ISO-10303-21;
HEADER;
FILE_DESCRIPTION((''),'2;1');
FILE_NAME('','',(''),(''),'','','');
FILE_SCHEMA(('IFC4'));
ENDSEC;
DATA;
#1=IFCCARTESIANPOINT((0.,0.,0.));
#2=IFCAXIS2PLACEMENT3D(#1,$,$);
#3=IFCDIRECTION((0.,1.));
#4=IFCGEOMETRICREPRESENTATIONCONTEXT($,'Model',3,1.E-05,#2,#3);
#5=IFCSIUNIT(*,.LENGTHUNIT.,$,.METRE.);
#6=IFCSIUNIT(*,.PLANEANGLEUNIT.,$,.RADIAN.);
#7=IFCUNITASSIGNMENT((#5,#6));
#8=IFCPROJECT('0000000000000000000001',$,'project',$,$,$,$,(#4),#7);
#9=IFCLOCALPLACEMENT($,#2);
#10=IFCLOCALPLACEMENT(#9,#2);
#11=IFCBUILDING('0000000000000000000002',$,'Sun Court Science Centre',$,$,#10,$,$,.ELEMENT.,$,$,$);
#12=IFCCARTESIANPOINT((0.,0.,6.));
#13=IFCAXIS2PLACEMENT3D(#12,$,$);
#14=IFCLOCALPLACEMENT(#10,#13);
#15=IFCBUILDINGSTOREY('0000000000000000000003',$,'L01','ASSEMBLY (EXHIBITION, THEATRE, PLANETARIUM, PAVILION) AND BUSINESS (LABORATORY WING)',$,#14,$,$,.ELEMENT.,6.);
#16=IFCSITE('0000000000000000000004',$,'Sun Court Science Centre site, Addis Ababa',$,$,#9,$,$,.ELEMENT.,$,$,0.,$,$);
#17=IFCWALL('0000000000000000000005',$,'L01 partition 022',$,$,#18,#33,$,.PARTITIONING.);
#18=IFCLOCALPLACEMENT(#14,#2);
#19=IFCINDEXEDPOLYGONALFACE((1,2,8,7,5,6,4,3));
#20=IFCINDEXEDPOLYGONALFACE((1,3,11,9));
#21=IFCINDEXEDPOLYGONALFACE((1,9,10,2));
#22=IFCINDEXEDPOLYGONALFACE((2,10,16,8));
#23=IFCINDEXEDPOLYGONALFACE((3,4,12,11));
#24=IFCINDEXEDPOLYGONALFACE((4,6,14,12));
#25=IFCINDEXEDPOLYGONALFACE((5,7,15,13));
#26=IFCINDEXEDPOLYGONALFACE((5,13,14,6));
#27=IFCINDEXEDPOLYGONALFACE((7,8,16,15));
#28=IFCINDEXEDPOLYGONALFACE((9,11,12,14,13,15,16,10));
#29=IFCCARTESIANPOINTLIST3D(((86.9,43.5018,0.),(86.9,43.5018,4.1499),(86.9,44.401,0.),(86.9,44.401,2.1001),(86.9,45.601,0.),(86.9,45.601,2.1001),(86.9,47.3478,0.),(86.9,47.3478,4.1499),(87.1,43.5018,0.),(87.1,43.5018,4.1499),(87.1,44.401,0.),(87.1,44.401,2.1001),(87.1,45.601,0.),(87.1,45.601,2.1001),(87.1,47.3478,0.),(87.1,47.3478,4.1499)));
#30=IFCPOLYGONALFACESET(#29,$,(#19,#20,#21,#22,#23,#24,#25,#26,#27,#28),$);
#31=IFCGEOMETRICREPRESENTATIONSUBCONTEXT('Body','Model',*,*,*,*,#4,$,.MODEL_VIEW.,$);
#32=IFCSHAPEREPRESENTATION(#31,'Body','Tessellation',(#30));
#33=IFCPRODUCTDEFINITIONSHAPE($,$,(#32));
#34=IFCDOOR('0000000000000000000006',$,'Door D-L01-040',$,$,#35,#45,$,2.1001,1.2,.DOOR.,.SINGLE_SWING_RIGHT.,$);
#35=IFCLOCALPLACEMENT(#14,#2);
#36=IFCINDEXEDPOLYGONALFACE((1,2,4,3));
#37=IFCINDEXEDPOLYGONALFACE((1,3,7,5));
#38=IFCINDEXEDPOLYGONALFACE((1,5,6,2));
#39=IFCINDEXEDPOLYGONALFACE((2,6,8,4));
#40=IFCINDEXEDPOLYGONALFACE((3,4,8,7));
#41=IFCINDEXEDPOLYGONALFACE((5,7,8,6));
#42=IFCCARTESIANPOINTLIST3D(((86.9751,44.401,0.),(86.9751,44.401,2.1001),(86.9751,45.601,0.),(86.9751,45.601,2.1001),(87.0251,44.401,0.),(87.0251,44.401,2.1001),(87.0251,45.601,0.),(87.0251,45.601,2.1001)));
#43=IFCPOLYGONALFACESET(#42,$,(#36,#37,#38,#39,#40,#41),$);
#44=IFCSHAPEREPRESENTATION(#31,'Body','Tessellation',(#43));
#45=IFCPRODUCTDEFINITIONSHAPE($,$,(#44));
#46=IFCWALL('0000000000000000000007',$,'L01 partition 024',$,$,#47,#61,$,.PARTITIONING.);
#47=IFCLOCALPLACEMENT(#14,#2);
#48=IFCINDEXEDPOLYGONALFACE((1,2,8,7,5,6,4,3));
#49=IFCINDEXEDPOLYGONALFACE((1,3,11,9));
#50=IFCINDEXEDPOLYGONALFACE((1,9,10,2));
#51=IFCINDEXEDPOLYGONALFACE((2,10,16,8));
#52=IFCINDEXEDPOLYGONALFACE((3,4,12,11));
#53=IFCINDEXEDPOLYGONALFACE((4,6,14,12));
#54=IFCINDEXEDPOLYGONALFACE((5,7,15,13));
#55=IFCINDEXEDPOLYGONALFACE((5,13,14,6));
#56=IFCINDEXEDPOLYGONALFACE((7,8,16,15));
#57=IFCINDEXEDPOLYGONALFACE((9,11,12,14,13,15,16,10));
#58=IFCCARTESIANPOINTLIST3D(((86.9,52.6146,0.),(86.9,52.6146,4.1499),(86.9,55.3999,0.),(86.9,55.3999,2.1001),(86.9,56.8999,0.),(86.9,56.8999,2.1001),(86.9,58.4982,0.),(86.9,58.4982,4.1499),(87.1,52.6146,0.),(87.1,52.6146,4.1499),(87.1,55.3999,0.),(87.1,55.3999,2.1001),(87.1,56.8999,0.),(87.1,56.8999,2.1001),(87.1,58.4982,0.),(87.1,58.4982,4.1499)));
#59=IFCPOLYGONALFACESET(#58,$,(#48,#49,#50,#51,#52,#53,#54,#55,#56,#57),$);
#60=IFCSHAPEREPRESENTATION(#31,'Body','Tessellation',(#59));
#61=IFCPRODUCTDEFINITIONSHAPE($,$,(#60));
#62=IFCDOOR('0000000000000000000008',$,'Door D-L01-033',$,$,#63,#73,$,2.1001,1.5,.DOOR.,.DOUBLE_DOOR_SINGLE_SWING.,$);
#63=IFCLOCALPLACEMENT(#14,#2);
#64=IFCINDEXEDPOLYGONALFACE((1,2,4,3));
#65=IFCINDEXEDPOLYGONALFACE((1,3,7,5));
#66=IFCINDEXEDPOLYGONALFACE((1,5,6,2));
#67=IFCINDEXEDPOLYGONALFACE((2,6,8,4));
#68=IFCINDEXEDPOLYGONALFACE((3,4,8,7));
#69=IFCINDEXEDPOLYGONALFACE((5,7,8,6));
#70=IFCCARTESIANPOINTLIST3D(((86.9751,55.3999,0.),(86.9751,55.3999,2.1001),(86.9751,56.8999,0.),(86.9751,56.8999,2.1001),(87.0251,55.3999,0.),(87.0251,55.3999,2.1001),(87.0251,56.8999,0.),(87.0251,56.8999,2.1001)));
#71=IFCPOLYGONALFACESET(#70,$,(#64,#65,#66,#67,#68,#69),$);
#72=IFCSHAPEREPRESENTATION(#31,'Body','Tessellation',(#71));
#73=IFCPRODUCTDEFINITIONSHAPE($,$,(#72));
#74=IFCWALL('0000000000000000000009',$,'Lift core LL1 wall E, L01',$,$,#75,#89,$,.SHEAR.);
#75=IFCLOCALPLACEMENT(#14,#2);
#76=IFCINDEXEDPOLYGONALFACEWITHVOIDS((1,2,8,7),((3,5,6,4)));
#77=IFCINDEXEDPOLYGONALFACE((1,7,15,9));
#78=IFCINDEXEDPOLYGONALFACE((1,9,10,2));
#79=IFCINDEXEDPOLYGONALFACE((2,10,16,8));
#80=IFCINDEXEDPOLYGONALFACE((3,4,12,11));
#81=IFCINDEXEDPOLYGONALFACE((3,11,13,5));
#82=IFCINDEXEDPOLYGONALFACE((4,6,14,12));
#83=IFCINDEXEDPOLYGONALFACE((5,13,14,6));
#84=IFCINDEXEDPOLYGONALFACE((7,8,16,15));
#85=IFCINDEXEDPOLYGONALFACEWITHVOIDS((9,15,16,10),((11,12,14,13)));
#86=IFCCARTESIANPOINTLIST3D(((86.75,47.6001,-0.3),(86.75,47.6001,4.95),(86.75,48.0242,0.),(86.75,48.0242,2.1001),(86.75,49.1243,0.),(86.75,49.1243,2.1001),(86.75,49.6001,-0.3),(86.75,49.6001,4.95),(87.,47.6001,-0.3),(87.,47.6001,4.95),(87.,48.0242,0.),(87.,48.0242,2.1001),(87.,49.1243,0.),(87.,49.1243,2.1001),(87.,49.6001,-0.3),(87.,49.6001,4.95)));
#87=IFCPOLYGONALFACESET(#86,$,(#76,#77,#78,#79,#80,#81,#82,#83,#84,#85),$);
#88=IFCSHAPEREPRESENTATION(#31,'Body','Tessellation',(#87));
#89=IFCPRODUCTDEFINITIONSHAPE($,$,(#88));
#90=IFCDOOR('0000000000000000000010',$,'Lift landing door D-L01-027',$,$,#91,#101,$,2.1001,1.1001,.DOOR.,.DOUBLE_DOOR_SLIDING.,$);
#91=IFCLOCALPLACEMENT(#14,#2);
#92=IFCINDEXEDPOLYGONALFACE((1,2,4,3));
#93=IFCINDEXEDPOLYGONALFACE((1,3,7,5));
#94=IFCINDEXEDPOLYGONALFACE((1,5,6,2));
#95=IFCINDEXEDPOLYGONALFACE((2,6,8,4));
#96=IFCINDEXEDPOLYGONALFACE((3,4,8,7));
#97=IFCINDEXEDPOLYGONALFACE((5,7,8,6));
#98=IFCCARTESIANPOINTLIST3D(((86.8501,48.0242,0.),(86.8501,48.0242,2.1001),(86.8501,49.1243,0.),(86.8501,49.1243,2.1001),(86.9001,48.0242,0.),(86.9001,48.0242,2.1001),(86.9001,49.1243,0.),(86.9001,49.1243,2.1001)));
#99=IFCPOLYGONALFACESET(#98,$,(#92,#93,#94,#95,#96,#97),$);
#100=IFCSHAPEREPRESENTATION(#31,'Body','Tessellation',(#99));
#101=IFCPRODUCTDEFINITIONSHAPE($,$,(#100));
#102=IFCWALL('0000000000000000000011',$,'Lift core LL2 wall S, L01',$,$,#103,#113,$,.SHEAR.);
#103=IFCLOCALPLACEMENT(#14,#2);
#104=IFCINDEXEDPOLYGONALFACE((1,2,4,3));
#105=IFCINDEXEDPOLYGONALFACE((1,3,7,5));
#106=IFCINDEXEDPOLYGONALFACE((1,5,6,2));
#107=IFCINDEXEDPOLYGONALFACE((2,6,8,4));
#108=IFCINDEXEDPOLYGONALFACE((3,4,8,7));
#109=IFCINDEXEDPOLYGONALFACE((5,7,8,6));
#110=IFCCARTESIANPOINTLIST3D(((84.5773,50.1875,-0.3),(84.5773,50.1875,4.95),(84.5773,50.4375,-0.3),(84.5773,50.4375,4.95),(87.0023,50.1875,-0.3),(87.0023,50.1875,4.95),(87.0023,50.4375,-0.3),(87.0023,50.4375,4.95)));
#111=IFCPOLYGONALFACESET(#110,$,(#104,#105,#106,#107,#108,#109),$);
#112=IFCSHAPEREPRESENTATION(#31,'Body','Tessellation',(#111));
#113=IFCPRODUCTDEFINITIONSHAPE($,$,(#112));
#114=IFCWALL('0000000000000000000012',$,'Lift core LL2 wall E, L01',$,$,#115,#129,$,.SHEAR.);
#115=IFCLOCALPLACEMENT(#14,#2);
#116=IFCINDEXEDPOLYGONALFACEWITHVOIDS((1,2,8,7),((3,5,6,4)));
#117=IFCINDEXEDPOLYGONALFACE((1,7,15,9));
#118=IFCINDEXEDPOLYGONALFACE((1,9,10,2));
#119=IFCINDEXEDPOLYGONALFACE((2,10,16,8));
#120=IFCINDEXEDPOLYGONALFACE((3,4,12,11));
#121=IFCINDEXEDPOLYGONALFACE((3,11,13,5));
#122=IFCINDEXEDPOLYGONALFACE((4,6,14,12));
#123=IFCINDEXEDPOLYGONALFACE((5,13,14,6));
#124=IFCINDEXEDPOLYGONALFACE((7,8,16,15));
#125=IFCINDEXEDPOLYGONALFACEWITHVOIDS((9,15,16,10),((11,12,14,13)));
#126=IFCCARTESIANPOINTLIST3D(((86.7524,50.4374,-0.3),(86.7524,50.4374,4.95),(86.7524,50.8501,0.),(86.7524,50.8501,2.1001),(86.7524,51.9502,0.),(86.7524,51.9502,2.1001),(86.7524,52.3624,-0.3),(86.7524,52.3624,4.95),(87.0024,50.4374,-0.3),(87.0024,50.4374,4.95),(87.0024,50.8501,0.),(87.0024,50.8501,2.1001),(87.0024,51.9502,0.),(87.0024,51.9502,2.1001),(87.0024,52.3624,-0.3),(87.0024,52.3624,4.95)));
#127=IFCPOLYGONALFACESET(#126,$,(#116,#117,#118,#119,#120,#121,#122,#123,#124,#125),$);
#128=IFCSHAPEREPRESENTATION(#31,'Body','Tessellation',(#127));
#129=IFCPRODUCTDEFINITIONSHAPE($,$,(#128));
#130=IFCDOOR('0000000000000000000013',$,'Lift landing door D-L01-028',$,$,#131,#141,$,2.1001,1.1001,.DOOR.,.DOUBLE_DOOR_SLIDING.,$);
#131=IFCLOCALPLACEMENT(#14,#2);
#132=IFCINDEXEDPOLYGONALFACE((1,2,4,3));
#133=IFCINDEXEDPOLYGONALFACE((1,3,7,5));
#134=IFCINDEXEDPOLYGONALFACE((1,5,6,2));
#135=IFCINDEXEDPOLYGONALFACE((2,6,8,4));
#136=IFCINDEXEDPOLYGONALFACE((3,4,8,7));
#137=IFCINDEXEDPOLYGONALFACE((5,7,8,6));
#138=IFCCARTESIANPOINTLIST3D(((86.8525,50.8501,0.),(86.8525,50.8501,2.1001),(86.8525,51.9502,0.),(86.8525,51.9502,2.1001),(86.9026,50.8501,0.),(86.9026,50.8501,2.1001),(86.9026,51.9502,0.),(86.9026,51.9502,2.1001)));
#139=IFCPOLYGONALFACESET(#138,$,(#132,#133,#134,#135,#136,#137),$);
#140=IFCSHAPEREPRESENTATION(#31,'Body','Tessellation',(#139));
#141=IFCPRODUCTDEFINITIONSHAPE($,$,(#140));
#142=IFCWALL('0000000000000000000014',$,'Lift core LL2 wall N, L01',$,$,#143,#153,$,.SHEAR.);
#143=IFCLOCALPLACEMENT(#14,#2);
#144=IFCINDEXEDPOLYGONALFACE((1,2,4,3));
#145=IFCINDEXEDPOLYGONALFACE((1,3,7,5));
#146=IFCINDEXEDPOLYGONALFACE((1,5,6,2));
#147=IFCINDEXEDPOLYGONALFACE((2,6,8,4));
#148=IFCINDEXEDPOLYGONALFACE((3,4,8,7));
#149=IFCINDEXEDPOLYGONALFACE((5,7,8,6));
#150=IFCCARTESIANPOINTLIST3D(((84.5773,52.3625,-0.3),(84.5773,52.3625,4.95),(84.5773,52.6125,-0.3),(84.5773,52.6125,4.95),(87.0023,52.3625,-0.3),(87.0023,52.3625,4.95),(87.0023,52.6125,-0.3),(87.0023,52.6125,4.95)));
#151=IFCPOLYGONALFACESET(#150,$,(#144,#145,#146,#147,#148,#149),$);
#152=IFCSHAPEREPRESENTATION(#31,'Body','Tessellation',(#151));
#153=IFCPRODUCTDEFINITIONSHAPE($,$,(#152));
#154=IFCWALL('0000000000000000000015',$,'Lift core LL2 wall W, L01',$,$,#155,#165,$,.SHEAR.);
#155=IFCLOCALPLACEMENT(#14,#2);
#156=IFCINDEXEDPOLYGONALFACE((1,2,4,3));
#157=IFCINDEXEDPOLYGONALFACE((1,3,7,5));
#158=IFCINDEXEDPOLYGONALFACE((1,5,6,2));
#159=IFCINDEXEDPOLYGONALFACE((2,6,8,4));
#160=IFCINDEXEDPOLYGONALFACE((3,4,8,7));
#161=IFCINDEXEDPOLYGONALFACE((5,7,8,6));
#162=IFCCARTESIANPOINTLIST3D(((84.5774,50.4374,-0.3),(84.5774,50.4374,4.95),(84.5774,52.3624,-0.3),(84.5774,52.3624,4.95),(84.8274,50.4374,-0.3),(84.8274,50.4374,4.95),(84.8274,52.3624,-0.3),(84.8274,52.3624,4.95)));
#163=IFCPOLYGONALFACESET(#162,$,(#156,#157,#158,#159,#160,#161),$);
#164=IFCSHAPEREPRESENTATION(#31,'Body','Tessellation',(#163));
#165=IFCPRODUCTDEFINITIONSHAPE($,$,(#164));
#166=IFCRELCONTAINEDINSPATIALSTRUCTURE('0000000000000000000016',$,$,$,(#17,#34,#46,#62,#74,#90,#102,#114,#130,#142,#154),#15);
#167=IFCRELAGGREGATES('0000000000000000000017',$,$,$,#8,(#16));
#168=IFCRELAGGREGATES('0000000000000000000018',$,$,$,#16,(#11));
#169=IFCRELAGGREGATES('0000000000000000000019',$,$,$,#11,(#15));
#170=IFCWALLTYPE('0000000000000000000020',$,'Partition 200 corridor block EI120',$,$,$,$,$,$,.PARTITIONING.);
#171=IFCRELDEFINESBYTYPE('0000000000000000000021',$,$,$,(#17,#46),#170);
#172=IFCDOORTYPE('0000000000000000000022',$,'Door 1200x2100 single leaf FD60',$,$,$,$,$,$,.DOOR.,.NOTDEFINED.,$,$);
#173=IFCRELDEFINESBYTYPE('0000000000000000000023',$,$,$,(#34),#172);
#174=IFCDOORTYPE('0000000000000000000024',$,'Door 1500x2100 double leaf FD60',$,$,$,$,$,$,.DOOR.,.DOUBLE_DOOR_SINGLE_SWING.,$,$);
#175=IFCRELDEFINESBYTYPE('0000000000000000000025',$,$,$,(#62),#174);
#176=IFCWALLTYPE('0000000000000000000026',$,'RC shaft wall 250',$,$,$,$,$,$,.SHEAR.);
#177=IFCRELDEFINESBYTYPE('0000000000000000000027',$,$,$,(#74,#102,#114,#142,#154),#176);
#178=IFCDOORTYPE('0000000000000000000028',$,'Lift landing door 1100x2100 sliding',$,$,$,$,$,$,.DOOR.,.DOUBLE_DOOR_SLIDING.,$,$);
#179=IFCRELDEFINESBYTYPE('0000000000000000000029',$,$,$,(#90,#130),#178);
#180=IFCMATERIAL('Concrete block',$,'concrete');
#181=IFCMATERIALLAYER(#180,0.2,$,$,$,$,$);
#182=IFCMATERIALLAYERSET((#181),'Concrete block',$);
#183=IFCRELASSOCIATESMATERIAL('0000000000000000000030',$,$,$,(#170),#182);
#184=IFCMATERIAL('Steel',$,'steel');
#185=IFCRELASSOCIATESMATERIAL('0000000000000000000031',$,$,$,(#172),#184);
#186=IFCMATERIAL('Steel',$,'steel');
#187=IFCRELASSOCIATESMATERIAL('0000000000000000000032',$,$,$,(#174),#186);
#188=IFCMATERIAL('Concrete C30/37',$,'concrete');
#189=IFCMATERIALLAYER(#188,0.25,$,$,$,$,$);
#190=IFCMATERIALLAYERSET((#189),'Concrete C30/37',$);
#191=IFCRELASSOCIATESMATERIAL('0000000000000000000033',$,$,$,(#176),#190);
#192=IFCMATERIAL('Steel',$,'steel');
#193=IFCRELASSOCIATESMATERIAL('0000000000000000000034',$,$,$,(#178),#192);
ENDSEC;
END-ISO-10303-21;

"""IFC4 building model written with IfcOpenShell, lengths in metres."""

from ifc_helpers import new_model, si_unit, direction, frame, frame_2d, origin, place, context, subcontext, project, spatial, rectangle, extrude, material, layer, layer_set, type_object, element, fill, save


model = new_model("IFC4")

# Units and contexts
model_context = context("Model", 3, precision=1e-05, world=origin(), true_north=direction((0.0, 1.0)))
body_context = subcontext(model_context, "Body", "Model", "MODEL_VIEW")
ifc_project = project(units=[si_unit("LENGTHUNIT", "METRE"), si_unit("PLANEANGLEUNIT", "RADIAN")], contexts=[model_context])

# Site, building, storey
site_placement = place(None, origin())
site = spatial("IfcSite", under=ifc_project, at=site_placement, Name="Sun Court Science Centre site, Addis Ababa", CompositionType="ELEMENT", RefElevation=0.0)
building_placement = place(site_placement, origin())
building = spatial("IfcBuilding", under=site, at=building_placement, Name="Sun Court Science Centre", CompositionType="ELEMENT")
storey_placement = place(building_placement, frame((0.0, 0.0, 6.0)))
storey = spatial("IfcBuildingStorey", under=building, at=storey_placement, Name="L01", Description="ASSEMBLY (EXHIBITION, THEATRE, PLANETARIUM, PAVILION) AND BUSINESS (LABORATORY WING)", CompositionType="ELEMENT", Elevation=6.0)

# Walls, openings, doors
ifc_material_1 = material(Name="Concrete block", Category="concrete")
ifc_layer_1 = layer(ifc_material_1, 0.2)
ifc_layer_set_1 = layer_set([ifc_layer_1], Name="Concrete block")
wall_type_1 = type_object("IfcWallType", Name="Partition 200 corridor block EI120", PredefinedType="PARTITIONING", material=ifc_layer_set_1)
wall_1_placement = place(storey_placement, frame((87.0, 43.502, 0.0), z_axis=(0.0, 0.0, 1.0), x_axis=(0.0, 1.0, 0.0)))
wall_1 = element("IfcWall", 1, at=wall_1_placement, inside=storey, type_object=wall_type_1, Name="L01 partition 022", PredefinedType="PARTITIONING", context=body_context, shape_type="SweptSolid", body=[
    extrude(rectangle(XDim=3.8459, YDim=0.2, at=frame_2d((1.9229, 0.0))), origin(), (0.0, 0.0, 1.0), 4.1499),
])
opening_1_placement = place(wall_1_placement, frame((0.8989, 0.0, 0.0)))
opening_1 = element("IfcOpeningElement", 2, at=opening_1_placement, cuts=wall_1, PredefinedType="OPENING", context=body_context, shape_type="SweptSolid", body=[
    extrude(rectangle(XDim=1.2, YDim=2.1001, at=frame_2d((0.6001, 1.05))), frame((0.0, 0.1099, 0.0), z_axis=(0.0, -1.0, 0.0), x_axis=(1.0, 0.0, 0.0)), (0.0, 0.0, 1.0), 0.22),
])
ifc_material_2 = material(Name="Steel", Category="steel")
door_type_1 = type_object("IfcDoorType", Name="Door 1200x2100 single leaf FD60", OperationType="NOTDEFINED", PredefinedType="DOOR", material=ifc_material_2)
door_1_placement = place(opening_1_placement, origin())
door_1 = element("IfcDoor", 3, at=door_1_placement, inside=storey, type_object=door_type_1, Name="Door D-L01-040", OperationType="SINGLE_SWING_RIGHT", OverallHeight=2.1001, OverallWidth=1.2, PredefinedType="DOOR", context=body_context, shape_type="SweptSolid", body=[
    extrude(rectangle(XDim=1.2, YDim=2.1001, at=frame_2d((0.6001, 1.05))), frame((0.0, 0.0249, 0.0), z_axis=(0.0, -1.0, 0.0), x_axis=(1.0, 0.0, 0.0)), (0.0, 0.0, 1.0), 0.05),
])
fill(opening_1, door_1)
wall_2_placement = place(storey_placement, frame((87.0, 52.6145, 0.0), z_axis=(0.0, 0.0, 1.0), x_axis=(0.0, 1.0, 0.0)))
wall_2 = element("IfcWall", 4, at=wall_2_placement, inside=storey, type_object=wall_type_1, Name="L01 partition 024", PredefinedType="PARTITIONING", context=body_context, shape_type="SweptSolid", body=[
    extrude(rectangle(XDim=5.8835, YDim=0.2, at=frame_2d((2.9419, 0.0))), origin(), (0.0, 0.0, 1.0), 4.1499),
])
opening_2_placement = place(wall_2_placement, frame((2.7854, 0.0, 0.0)))
opening_2 = element("IfcOpeningElement", 5, at=opening_2_placement, cuts=wall_2, PredefinedType="OPENING", context=body_context, shape_type="SweptSolid", body=[
    extrude(rectangle(XDim=1.5, YDim=2.1001, at=frame_2d((0.75, 1.05))), frame((0.0, 0.1099, 0.0), z_axis=(0.0, -1.0, 0.0), x_axis=(1.0, 0.0, 0.0)), (0.0, 0.0, 1.0), 0.22),
])
ifc_material_3 = material(Name="Steel", Category="steel")
door_type_2 = type_object("IfcDoorType", Name="Door 1500x2100 double leaf FD60", OperationType="DOUBLE_DOOR_SINGLE_SWING", PredefinedType="DOOR", material=ifc_material_3)
door_2_placement = place(opening_2_placement, origin())
door_2 = element("IfcDoor", 6, at=door_2_placement, inside=storey, type_object=door_type_2, Name="Door D-L01-033", OperationType="DOUBLE_DOOR_SINGLE_SWING", OverallHeight=2.1001, OverallWidth=1.5, PredefinedType="DOOR", context=body_context, shape_type="SweptSolid", body=[
    extrude(rectangle(XDim=1.5, YDim=2.1001, at=frame_2d((0.75, 1.05))), frame((0.0, 0.0249, 0.0), z_axis=(0.0, -1.0, 0.0), x_axis=(1.0, 0.0, 0.0)), (0.0, 0.0, 1.0), 0.05),
])
fill(opening_2, door_2)
ifc_material_4 = material(Name="Concrete C30/37", Category="concrete")
ifc_layer_2 = layer(ifc_material_4, 0.25)
ifc_layer_set_2 = layer_set([ifc_layer_2], Name="Concrete C30/37")
wall_type_2 = type_object("IfcWallType", Name="RC shaft wall 250", PredefinedType="SHEAR", material=ifc_layer_set_2)
wall_3_placement = place(storey_placement, frame((86.875, 47.6001, -0.3), z_axis=(0.0, 0.0, 1.0), x_axis=(0.0, 1.0, 0.0)))
wall_3 = element("IfcWall", 7, at=wall_3_placement, inside=storey, type_object=wall_type_2, Name="Lift core LL1 wall E, L01", PredefinedType="SHEAR", context=body_context, shape_type="SweptSolid", body=[
    extrude(rectangle(XDim=2.0, YDim=0.25, at=frame_2d((1.0, 0.0))), origin(), (0.0, 0.0, 1.0), 5.25),
])
opening_3_placement = place(wall_3_placement, frame((0.4241, 0.0, 0.3)))
opening_3 = element("IfcOpeningElement", 8, at=opening_3_placement, cuts=wall_3, PredefinedType="OPENING", context=body_context, shape_type="SweptSolid", body=[
    extrude(rectangle(XDim=1.1001, YDim=2.1001, at=frame_2d((0.55, 1.05))), frame((0.0, 0.135, 0.0), z_axis=(0.0, -1.0, 0.0), x_axis=(1.0, 0.0, 0.0)), (0.0, 0.0, 1.0), 0.27),
])
ifc_material_5 = material(Name="Steel", Category="steel")
door_type_3 = type_object("IfcDoorType", Name="Lift landing door 1100x2100 sliding", OperationType="DOUBLE_DOOR_SLIDING", PredefinedType="DOOR", material=ifc_material_5)
door_3_placement = place(opening_3_placement, origin())
door_3 = element("IfcDoor", 9, at=door_3_placement, inside=storey, type_object=door_type_3, Name="Lift landing door D-L01-027", OperationType="DOUBLE_DOOR_SLIDING", OverallHeight=2.1001, OverallWidth=1.1001, PredefinedType="DOOR", context=body_context, shape_type="SweptSolid", body=[
    extrude(rectangle(XDim=1.1001, YDim=2.1001, at=frame_2d((0.55, 1.05))), frame((0.0, 0.0249, 0.0), z_axis=(0.0, -1.0, 0.0), x_axis=(1.0, 0.0, 0.0)), (0.0, 0.0, 1.0), 0.05),
])
fill(opening_3, door_3)

# Wall
wall_4_placement = place(storey_placement, frame((84.5774, 50.3125, -0.3), z_axis=(0.0, 0.0, 1.0), x_axis=(1.0, 0.0, 0.0)))
element("IfcWall", 10, at=wall_4_placement, inside=storey, type_object=wall_type_2, Name="Lift core LL2 wall S, L01", PredefinedType="SHEAR", context=body_context, shape_type="SweptSolid", body=[
    extrude(rectangle(XDim=2.425, YDim=0.25, at=frame_2d((1.2124, 0.0))), origin(), (0.0, 0.0, 1.0), 5.25),
])

# Wall, opening, door
wall_5_placement = place(storey_placement, frame((86.8774, 50.4375, -0.3), z_axis=(0.0, 0.0, 1.0), x_axis=(0.0, 1.0, 0.0)))
wall_5 = element("IfcWall", 11, at=wall_5_placement, inside=storey, type_object=wall_type_2, Name="Lift core LL2 wall E, L01", PredefinedType="SHEAR", context=body_context, shape_type="SweptSolid", body=[
    extrude(rectangle(XDim=1.925, YDim=0.25, at=frame_2d((0.9624, 0.0))), origin(), (0.0, 0.0, 1.0), 5.25),
])
opening_4_placement = place(wall_5_placement, frame((0.4126, 0.0, 0.3)))
opening_4 = element("IfcOpeningElement", 12, at=opening_4_placement, cuts=wall_5, PredefinedType="OPENING", context=body_context, shape_type="SweptSolid", body=[
    extrude(rectangle(XDim=1.1001, YDim=2.1001, at=frame_2d((0.55, 1.05))), frame((0.0, 0.135, 0.0), z_axis=(0.0, -1.0, 0.0), x_axis=(1.0, 0.0, 0.0)), (0.0, 0.0, 1.0), 0.27),
])
door_4_placement = place(opening_4_placement, origin())
door_4 = element("IfcDoor", 13, at=door_4_placement, inside=storey, type_object=door_type_3, Name="Lift landing door D-L01-028", OperationType="DOUBLE_DOOR_SLIDING", OverallHeight=2.1001, OverallWidth=1.1001, PredefinedType="DOOR", context=body_context, shape_type="SweptSolid", body=[
    extrude(rectangle(XDim=1.1001, YDim=2.1001, at=frame_2d((0.55, 1.05))), frame((0.0, 0.0249, 0.0), z_axis=(0.0, -1.0, 0.0), x_axis=(1.0, 0.0, 0.0)), (0.0, 0.0, 1.0), 0.05),
])
fill(opening_4, door_4)

# Walls
wall_6_placement = place(storey_placement, frame((84.5774, 52.4875, -0.3), z_axis=(0.0, 0.0, 1.0), x_axis=(1.0, 0.0, 0.0)))
element("IfcWall", 14, at=wall_6_placement, inside=storey, type_object=wall_type_2, Name="Lift core LL2 wall N, L01", PredefinedType="SHEAR", context=body_context, shape_type="SweptSolid", body=[
    extrude(rectangle(XDim=2.425, YDim=0.25, at=frame_2d((1.2124, 0.0))), origin(), (0.0, 0.0, 1.0), 5.25),
])
wall_7_placement = place(storey_placement, frame((84.7024, 50.4375, -0.3), z_axis=(0.0, 0.0, 1.0), x_axis=(0.0, 1.0, 0.0)))
element("IfcWall", 15, at=wall_7_placement, inside=storey, type_object=wall_type_2, Name="Lift core LL2 wall W, L01", PredefinedType="SHEAR", context=body_context, shape_type="SweptSolid", body=[
    extrude(rectangle(XDim=1.925, YDim=0.25, at=frame_2d((0.9624, 0.0))), origin(), (0.0, 0.0, 1.0), 5.25),
])

save(model, "model.ifc")
